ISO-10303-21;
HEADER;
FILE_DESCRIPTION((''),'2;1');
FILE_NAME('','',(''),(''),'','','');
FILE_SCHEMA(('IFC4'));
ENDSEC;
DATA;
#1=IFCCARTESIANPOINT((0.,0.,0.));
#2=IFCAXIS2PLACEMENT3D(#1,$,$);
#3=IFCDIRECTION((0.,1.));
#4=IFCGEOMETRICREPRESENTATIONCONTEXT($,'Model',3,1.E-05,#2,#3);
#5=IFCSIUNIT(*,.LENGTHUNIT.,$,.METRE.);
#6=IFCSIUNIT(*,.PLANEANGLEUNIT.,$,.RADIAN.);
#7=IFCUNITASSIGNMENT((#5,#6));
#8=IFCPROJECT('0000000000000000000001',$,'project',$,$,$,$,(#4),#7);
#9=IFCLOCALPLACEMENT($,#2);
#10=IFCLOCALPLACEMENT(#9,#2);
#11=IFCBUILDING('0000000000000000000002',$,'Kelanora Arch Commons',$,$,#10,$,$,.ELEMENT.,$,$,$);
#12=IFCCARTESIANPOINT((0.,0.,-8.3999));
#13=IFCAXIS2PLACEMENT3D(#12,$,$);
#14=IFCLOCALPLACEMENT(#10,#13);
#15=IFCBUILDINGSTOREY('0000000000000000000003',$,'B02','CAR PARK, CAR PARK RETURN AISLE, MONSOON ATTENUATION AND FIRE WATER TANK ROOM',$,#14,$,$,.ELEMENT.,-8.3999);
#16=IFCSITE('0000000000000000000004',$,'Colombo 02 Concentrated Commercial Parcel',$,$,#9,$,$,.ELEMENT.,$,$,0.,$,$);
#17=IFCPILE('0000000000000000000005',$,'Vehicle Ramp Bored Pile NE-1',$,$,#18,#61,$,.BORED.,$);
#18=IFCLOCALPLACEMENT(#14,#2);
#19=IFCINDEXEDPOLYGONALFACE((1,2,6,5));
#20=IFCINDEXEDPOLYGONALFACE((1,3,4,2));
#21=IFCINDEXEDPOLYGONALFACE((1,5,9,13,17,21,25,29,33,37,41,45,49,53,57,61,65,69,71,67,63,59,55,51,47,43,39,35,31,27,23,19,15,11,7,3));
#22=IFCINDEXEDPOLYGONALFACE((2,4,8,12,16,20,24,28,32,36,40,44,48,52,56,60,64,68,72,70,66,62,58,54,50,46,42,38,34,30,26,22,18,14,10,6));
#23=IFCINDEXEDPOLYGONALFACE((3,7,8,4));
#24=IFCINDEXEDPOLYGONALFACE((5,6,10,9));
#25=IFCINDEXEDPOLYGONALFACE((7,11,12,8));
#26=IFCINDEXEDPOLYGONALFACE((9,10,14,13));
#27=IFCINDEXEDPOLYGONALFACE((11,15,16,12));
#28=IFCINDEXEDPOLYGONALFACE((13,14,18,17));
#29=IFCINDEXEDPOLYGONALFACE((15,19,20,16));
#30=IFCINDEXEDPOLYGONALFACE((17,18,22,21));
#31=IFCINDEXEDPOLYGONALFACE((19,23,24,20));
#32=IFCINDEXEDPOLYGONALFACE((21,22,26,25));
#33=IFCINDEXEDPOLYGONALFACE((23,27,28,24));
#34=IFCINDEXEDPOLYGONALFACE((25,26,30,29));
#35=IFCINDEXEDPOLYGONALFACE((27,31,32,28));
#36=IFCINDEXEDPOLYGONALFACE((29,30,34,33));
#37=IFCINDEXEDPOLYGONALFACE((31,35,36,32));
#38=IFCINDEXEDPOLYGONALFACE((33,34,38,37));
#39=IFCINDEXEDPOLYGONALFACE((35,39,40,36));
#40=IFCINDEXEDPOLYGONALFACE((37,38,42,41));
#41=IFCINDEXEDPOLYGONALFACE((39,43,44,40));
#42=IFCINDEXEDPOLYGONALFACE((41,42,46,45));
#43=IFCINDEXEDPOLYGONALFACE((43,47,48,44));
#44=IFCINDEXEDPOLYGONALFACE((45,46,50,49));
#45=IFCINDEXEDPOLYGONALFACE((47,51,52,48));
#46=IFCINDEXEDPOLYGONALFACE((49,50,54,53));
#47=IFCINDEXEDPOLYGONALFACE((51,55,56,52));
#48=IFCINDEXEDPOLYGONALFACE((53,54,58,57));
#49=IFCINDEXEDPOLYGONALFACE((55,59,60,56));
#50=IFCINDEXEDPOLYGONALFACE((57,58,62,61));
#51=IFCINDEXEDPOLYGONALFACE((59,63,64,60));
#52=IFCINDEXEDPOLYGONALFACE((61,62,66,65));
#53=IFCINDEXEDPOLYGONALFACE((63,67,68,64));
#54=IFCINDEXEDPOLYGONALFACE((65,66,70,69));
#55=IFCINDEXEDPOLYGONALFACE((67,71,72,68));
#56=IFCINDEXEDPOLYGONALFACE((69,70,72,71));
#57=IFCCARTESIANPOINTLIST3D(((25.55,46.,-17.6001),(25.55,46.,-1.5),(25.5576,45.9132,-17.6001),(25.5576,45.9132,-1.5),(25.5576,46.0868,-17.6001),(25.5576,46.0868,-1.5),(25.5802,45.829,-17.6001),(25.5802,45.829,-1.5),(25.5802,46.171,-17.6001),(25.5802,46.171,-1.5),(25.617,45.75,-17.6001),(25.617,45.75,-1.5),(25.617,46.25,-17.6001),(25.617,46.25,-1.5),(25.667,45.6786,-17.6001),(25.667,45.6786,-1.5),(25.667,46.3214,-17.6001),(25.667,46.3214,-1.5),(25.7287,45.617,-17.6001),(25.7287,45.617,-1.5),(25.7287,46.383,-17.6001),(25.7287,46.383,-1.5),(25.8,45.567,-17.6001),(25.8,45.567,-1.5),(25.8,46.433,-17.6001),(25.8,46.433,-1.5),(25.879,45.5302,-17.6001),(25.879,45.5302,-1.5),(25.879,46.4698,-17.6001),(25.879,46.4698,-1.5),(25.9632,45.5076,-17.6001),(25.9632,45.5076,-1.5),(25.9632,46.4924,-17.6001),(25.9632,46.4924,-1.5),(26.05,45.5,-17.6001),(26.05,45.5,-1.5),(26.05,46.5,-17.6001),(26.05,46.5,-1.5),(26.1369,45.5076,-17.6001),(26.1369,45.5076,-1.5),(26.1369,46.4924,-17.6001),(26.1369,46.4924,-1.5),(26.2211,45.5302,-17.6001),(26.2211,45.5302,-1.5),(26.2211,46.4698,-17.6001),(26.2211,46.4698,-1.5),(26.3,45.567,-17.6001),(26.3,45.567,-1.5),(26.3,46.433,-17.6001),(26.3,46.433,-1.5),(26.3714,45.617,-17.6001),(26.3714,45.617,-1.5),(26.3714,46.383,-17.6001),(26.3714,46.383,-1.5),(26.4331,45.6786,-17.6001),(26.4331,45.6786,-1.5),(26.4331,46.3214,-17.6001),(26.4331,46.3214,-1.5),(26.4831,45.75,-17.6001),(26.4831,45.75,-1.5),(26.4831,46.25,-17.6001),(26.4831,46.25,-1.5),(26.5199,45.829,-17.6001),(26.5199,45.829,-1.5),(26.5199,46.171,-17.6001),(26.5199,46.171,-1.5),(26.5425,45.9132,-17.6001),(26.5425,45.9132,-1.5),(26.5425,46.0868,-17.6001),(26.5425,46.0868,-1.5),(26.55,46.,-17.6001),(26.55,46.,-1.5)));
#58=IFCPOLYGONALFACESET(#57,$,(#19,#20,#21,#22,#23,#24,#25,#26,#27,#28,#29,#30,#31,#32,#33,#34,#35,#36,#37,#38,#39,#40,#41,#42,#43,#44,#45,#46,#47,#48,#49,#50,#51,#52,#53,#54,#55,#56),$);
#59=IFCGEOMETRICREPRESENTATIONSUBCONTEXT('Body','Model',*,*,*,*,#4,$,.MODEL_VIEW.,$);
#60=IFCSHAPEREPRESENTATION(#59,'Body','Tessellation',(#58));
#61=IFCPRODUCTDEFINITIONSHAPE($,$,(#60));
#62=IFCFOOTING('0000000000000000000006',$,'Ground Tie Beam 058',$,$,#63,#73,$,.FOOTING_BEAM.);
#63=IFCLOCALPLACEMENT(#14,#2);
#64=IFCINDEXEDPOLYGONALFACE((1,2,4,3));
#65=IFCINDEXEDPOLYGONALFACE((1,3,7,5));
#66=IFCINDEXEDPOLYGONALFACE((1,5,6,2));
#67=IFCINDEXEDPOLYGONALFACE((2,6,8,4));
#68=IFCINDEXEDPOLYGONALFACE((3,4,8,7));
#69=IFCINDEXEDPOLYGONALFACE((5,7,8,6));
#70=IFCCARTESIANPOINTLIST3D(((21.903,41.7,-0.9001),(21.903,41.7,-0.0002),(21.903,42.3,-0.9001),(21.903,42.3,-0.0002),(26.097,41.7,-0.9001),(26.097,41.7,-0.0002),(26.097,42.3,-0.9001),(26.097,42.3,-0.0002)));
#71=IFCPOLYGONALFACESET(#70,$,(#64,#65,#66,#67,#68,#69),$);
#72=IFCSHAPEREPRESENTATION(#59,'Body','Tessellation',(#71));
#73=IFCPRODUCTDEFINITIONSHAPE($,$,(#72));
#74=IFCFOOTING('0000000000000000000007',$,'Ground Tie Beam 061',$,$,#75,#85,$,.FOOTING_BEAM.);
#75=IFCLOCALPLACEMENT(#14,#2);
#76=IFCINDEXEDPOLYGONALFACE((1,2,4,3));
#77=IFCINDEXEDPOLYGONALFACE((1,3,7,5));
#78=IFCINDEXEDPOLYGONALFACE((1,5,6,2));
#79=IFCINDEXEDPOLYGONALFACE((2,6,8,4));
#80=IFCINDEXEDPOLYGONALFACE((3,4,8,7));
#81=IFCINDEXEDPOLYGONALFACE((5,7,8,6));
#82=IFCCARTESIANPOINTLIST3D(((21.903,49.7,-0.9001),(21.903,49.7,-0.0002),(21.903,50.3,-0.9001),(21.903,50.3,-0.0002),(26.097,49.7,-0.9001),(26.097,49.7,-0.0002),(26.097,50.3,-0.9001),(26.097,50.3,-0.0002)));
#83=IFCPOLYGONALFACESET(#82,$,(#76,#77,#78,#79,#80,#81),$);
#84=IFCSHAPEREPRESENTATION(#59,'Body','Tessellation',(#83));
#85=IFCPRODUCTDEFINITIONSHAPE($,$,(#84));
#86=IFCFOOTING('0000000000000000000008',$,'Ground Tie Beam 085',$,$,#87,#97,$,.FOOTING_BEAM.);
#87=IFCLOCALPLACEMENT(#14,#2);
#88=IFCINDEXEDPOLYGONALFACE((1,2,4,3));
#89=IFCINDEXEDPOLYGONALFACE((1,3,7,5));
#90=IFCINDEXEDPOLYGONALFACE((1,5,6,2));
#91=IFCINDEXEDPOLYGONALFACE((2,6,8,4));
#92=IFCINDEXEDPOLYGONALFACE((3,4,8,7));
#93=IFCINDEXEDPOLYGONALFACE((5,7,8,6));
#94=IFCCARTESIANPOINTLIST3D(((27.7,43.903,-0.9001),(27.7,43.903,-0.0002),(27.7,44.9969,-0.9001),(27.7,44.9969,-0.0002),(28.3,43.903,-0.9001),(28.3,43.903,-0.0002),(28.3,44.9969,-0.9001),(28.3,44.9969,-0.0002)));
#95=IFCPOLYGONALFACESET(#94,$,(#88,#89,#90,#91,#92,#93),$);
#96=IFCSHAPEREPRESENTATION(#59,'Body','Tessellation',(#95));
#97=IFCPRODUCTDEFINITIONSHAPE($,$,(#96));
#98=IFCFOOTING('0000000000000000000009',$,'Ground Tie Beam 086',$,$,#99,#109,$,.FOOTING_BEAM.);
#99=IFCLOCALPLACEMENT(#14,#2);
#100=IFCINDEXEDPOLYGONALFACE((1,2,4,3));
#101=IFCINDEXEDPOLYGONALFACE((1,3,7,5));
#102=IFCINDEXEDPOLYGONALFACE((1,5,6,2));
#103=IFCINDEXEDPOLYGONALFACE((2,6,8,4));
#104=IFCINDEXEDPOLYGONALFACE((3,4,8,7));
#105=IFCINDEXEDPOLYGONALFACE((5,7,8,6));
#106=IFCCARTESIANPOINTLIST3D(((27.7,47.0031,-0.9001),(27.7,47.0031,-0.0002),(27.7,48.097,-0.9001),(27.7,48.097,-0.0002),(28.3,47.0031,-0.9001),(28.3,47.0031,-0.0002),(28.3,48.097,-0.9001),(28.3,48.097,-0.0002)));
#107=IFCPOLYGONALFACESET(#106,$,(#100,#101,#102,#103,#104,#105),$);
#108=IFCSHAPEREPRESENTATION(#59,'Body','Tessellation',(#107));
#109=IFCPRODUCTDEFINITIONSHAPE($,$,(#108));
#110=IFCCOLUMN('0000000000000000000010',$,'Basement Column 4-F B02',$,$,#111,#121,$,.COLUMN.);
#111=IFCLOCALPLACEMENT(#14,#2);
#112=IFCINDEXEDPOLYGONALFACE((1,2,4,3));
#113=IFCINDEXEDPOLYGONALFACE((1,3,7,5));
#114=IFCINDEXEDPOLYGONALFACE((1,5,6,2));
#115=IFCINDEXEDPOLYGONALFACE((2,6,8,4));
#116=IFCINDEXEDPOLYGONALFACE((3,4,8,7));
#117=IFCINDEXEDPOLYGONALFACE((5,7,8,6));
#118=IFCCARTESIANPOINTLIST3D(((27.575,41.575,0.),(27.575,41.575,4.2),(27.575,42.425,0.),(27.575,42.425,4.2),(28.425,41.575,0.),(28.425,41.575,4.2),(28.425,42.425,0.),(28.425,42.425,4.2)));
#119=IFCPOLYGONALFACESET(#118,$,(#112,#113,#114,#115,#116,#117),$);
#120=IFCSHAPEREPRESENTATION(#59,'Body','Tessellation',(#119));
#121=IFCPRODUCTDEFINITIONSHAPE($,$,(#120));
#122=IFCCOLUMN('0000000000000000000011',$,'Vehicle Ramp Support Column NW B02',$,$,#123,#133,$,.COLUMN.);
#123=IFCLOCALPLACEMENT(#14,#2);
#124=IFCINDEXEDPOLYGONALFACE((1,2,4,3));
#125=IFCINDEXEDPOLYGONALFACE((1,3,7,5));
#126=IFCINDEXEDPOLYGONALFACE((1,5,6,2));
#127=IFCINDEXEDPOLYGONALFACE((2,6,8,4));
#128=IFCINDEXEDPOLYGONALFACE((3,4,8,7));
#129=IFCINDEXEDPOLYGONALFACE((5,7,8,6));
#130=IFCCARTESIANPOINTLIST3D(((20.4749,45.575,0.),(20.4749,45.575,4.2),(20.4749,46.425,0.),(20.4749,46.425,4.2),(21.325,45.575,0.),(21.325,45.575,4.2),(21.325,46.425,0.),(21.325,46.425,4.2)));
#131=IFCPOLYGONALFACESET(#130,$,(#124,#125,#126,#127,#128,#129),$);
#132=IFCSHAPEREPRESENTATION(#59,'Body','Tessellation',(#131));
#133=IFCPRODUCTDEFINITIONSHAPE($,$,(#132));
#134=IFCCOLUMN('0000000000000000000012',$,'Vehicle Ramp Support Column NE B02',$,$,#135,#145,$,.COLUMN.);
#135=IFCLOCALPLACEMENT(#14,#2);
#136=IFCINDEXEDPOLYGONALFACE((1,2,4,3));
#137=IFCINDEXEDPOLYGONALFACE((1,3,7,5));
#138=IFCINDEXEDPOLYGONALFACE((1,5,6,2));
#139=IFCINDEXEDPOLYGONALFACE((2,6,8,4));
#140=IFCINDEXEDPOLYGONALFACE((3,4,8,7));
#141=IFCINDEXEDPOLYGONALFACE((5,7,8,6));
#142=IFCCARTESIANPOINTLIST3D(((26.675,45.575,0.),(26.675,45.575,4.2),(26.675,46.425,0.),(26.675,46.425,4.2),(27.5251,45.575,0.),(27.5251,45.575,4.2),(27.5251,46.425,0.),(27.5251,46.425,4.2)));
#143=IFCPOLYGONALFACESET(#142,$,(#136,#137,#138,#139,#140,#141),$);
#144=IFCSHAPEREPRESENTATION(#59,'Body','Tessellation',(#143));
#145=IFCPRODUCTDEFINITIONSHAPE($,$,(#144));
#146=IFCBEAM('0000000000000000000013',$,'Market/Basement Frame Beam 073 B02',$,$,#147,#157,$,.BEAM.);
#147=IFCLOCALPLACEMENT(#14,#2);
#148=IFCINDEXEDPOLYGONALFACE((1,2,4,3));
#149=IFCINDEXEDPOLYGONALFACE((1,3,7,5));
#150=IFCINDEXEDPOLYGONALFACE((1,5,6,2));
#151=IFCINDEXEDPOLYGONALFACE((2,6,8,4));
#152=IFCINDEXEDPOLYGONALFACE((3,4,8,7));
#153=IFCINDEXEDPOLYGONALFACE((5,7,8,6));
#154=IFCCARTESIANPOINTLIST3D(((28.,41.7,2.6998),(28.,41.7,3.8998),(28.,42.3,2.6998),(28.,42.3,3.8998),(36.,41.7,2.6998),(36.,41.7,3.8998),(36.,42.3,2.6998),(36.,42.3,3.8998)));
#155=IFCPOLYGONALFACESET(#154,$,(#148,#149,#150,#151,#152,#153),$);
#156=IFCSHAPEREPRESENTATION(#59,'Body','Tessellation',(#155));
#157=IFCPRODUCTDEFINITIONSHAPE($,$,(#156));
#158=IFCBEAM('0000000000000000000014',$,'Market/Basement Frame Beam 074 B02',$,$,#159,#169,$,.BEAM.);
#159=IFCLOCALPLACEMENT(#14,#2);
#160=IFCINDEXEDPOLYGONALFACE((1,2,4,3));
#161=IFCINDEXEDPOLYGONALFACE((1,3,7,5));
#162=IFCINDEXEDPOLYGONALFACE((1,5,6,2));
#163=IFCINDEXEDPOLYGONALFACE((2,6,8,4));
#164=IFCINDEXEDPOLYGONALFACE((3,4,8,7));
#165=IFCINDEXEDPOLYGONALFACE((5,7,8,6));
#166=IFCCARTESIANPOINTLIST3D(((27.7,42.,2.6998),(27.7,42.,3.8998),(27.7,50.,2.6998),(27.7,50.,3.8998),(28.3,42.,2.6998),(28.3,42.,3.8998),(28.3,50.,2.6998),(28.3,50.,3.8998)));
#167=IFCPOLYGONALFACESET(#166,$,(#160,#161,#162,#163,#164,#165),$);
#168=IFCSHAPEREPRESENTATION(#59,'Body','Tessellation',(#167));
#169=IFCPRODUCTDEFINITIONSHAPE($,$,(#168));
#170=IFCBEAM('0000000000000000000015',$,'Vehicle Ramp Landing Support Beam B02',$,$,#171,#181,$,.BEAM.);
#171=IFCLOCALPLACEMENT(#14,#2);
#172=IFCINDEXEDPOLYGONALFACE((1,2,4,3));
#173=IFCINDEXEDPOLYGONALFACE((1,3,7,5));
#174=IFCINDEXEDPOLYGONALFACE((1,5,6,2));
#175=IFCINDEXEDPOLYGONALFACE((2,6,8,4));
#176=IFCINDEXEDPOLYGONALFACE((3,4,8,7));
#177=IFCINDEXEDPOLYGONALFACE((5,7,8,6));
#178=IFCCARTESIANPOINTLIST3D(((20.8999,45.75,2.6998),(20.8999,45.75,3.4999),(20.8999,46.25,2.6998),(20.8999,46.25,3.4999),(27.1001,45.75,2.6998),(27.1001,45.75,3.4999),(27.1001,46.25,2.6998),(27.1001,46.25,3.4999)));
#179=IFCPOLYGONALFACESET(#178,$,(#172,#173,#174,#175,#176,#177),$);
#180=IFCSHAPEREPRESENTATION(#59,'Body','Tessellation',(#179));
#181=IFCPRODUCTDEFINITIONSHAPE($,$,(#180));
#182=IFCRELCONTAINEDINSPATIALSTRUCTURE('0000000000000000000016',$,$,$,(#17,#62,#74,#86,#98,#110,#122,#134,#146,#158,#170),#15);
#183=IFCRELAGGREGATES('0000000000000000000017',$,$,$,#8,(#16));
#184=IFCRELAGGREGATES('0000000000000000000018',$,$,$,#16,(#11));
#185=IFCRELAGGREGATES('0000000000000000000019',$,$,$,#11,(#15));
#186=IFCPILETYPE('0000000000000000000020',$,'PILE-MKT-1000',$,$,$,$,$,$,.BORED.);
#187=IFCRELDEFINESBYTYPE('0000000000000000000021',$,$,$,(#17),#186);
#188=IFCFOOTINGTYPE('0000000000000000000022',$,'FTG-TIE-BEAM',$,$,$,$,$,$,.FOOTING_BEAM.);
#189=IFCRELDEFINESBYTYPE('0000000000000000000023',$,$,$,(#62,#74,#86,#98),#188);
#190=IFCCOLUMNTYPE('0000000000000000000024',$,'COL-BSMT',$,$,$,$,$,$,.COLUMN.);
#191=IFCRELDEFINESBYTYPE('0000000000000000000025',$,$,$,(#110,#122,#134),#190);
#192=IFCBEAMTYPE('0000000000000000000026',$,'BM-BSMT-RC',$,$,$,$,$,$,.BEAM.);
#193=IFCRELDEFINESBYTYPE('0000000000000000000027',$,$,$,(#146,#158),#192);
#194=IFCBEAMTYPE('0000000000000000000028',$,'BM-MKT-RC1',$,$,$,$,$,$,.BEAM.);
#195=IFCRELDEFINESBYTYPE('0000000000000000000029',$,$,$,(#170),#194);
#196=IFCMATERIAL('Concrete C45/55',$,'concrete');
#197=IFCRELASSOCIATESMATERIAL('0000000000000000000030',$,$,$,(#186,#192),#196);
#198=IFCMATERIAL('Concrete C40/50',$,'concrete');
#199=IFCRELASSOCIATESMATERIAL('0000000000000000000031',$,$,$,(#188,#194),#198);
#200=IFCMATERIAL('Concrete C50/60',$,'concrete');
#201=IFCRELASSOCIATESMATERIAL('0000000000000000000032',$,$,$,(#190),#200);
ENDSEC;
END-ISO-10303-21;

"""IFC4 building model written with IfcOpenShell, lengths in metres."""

from ifc_helpers import new_model, si_unit, direction, frame, origin, origin_2d, place, context, subcontext, project, spatial, rectangle, circle, extrude, source, transform, mapped, material, material_profile, profile_set, type_object, element, save


model = new_model("IFC4")

# Units and contexts
model_context = context("Model", 3, precision=1e-05, world=origin(), true_north=direction((0.0, 1.0)))
body_context = subcontext(model_context, "Body", "Model", "MODEL_VIEW")
ifc_project = project(units=[si_unit("LENGTHUNIT", "METRE"), si_unit("PLANEANGLEUNIT", "RADIAN")], contexts=[model_context])

# Site, building, storey
site_placement = place(None, origin())
site = spatial("IfcSite", under=ifc_project, at=site_placement, Name="Colombo 02 Concentrated Commercial Parcel", CompositionType="ELEMENT", RefElevation=0.0)
building_placement = place(site_placement, origin())
building = spatial("IfcBuilding", under=site, at=building_placement, Name="Kelanora Arch Commons", CompositionType="ELEMENT")
storey_placement = place(building_placement, frame((0.0, 0.0, -8.3999)))
storey = spatial("IfcBuildingStorey", under=building, at=storey_placement, Name="B02", Description="CAR PARK, CAR PARK RETURN AISLE, MONSOON ATTENUATION AND FIRE WATER TANK ROOM", CompositionType="ELEMENT", Elevation=-8.3999)

# Shared definitions
ifc_material_1 = material(Name="Concrete C40/50", Category="concrete")

# Shared definitions
ifc_material_2 = material(Name="Concrete C45/55", Category="concrete")
ifc_material_profile_1 = material_profile(ifc_material_2, circle(Radius=0.5, at=origin_2d()), Name="PILE1000")
ifc_profile_set_1 = profile_set([ifc_material_profile_1], Name="Concrete C45/55")
pile_type = type_object("IfcPileType", Name="PILE-MKT-1000", PredefinedType="BORED", material=ifc_profile_set_1)

# Pile
shared_shape_1 = source(origin(), body_context, "Body", "SweptSolid", [
    extrude(circle(Radius=0.5, at=origin_2d()), origin(), (0.0, 0.0, 1.0), 16.1001),
])
for number, where, z_axis, x_axis, name in (
    (1, (26.05, 46.0, -1.5), (0.0, 0.0, -1.0), (1.0, 0.0, 0.0), "Vehicle Ramp Bored Pile NE-1"),
):
    element("IfcPile", number, at=place(storey_placement, frame(where, z_axis=z_axis, x_axis=x_axis)), inside=storey, type_object=pile_type, Name=name, PredefinedType="BORED", context=body_context, shape_type="MappedRepresentation", body=[
        mapped(shared_shape_1, transform((0.0, 0.0, 0.0), scale=1.0)),
    ])

# Footings
footing_type_1 = type_object("IfcFootingType", Name="FTG-TIE-BEAM", PredefinedType="FOOTING_BEAM", material=ifc_material_1)
shared_shape_2 = source(origin(), body_context, "Body", "SweptSolid", [
    extrude(rectangle(XDim=4.1941, YDim=0.6001, at=origin_2d()), origin(), (0.0, 0.0, 1.0), 0.8999),
])
for number, where, z_axis, x_axis, name in (
    (2, (24.0, 42.0, -0.9001), (0.0, 0.0, 1.0), (1.0, 0.0, 0.0), "Ground Tie Beam 058"),
    (3, (24.0, 50.0, -0.9001), (0.0, 0.0, 1.0), (1.0, 0.0, 0.0), "Ground Tie Beam 061"),
):
    element("IfcFooting", number, at=place(storey_placement, frame(where, z_axis=z_axis, x_axis=x_axis)), inside=storey, type_object=footing_type_1, Name=name, PredefinedType="FOOTING_BEAM", context=body_context, shape_type="MappedRepresentation", body=[
        mapped(shared_shape_2, transform((0.0, 0.0, 0.0), scale=1.0)),
    ])
shared_shape_3 = source(origin(), body_context, "Body", "SweptSolid", [
    extrude(rectangle(XDim=1.094, YDim=0.6001, at=origin_2d()), origin(), (0.0, 0.0, 1.0), 0.8999),
])
for number, where, z_axis, x_axis, name in (
    (4, (28.0, 44.45, -0.9001), (0.0, 0.0, 1.0), (0.0, 1.0, 0.0), "Ground Tie Beam 085"),
    (5, (28.0, 47.55, -0.9001), (0.0, 0.0, 1.0), (0.0, 1.0, 0.0), "Ground Tie Beam 086"),
):
    element("IfcFooting", number, at=place(storey_placement, frame(where, z_axis=z_axis, x_axis=x_axis)), inside=storey, type_object=footing_type_1, Name=name, PredefinedType="FOOTING_BEAM", context=body_context, shape_type="MappedRepresentation", body=[
        mapped(shared_shape_3, transform((0.0, 0.0, 0.0), scale=1.0)),
    ])

# Columns
ifc_material_3 = material(Name="Concrete C50/60", Category="concrete")
ifc_material_profile_2 = material_profile(ifc_material_3, rectangle(XDim=0.8501, YDim=0.8501, at=origin_2d()), Name="RC850x850")
ifc_profile_set_2 = profile_set([ifc_material_profile_2], Name="Concrete C50/60")
column_type = type_object("IfcColumnType", Name="COL-BSMT", PredefinedType="COLUMN", material=ifc_profile_set_2)
for number, where, z_axis, x_axis, name in (
    (6, (28.0, 42.0, 0.0), (0.0, 0.0, 1.0), (1.0, 0.0, 0.0), "Basement Column 4-F B02"),
    (7, (20.8999, 46.0, 0.0), (0.0, 0.0, 1.0), (1.0, 0.0, 0.0), "Vehicle Ramp Support Column NW B02"),
    (8, (27.1001, 46.0, 0.0), (0.0, 0.0, 1.0), (1.0, 0.0, 0.0), "Vehicle Ramp Support Column NE B02"),
):
    element("IfcColumn", number, at=place(storey_placement, frame(where, z_axis=z_axis, x_axis=x_axis)), inside=storey, type_object=column_type, Name=name, PredefinedType="COLUMN", context=body_context, shape_type="SweptSolid", body=[
        extrude(rectangle(XDim=0.8501, YDim=0.8501, at=origin_2d()), origin(), (0.0, 0.0, 1.0), 4.2),
    ])

# Beams
ifc_material_profile_3 = material_profile(ifc_material_2, rectangle(XDim=0.6001, YDim=1.2, at=origin_2d()), Name="RCB600x1200")
ifc_profile_set_3 = profile_set([ifc_material_profile_3], Name="Concrete C45/55")
beam_type_1 = type_object("IfcBeamType", Name="BM-BSMT-RC", PredefinedType="BEAM", material=ifc_profile_set_3)
for number, where, z_axis, x_axis, name in (
    (9, (28.0, 42.0, 3.2998), (1.0, 0.0, 0.0), (0.0, 1.0, 0.0), "Market/Basement Frame Beam 073 B02"),
    (10, (28.0, 42.0, 3.2998), (0.0, 1.0, 0.0), (-1.0, 0.0, 0.0), "Market/Basement Frame Beam 074 B02"),
):
    element("IfcBeam", number, at=place(storey_placement, frame(where, z_axis=z_axis, x_axis=x_axis)), inside=storey, type_object=beam_type_1, Name=name, PredefinedType="BEAM", context=body_context, shape_type="SweptSolid", body=[
        extrude(rectangle(XDim=0.6001, YDim=1.2, at=origin_2d()), origin(), (0.0, 0.0, 1.0), 8.0),
    ])
ifc_material_profile_4 = material_profile(ifc_material_1, rectangle(XDim=0.5, YDim=0.8, at=origin_2d()), Name="RCB500x800")
ifc_profile_set_4 = profile_set([ifc_material_profile_4], Name="Concrete C40/50")
beam_type_2 = type_object("IfcBeamType", Name="BM-MKT-RC1", PredefinedType="BEAM", material=ifc_profile_set_4)
beam_placement = place(storey_placement, frame((20.8999, 46.0, 3.0999), z_axis=(1.0, 0.0, 0.0), x_axis=(0.0, 1.0, 0.0)))
element("IfcBeam", 11, at=beam_placement, inside=storey, type_object=beam_type_2, Name="Vehicle Ramp Landing Support Beam B02", PredefinedType="BEAM", context=body_context, shape_type="SweptSolid", body=[
    extrude(rectangle(XDim=0.5, YDim=0.8, at=origin_2d()), origin(), (0.0, 0.0, 1.0), 6.2002),
])

save(model, "model.ifc")
